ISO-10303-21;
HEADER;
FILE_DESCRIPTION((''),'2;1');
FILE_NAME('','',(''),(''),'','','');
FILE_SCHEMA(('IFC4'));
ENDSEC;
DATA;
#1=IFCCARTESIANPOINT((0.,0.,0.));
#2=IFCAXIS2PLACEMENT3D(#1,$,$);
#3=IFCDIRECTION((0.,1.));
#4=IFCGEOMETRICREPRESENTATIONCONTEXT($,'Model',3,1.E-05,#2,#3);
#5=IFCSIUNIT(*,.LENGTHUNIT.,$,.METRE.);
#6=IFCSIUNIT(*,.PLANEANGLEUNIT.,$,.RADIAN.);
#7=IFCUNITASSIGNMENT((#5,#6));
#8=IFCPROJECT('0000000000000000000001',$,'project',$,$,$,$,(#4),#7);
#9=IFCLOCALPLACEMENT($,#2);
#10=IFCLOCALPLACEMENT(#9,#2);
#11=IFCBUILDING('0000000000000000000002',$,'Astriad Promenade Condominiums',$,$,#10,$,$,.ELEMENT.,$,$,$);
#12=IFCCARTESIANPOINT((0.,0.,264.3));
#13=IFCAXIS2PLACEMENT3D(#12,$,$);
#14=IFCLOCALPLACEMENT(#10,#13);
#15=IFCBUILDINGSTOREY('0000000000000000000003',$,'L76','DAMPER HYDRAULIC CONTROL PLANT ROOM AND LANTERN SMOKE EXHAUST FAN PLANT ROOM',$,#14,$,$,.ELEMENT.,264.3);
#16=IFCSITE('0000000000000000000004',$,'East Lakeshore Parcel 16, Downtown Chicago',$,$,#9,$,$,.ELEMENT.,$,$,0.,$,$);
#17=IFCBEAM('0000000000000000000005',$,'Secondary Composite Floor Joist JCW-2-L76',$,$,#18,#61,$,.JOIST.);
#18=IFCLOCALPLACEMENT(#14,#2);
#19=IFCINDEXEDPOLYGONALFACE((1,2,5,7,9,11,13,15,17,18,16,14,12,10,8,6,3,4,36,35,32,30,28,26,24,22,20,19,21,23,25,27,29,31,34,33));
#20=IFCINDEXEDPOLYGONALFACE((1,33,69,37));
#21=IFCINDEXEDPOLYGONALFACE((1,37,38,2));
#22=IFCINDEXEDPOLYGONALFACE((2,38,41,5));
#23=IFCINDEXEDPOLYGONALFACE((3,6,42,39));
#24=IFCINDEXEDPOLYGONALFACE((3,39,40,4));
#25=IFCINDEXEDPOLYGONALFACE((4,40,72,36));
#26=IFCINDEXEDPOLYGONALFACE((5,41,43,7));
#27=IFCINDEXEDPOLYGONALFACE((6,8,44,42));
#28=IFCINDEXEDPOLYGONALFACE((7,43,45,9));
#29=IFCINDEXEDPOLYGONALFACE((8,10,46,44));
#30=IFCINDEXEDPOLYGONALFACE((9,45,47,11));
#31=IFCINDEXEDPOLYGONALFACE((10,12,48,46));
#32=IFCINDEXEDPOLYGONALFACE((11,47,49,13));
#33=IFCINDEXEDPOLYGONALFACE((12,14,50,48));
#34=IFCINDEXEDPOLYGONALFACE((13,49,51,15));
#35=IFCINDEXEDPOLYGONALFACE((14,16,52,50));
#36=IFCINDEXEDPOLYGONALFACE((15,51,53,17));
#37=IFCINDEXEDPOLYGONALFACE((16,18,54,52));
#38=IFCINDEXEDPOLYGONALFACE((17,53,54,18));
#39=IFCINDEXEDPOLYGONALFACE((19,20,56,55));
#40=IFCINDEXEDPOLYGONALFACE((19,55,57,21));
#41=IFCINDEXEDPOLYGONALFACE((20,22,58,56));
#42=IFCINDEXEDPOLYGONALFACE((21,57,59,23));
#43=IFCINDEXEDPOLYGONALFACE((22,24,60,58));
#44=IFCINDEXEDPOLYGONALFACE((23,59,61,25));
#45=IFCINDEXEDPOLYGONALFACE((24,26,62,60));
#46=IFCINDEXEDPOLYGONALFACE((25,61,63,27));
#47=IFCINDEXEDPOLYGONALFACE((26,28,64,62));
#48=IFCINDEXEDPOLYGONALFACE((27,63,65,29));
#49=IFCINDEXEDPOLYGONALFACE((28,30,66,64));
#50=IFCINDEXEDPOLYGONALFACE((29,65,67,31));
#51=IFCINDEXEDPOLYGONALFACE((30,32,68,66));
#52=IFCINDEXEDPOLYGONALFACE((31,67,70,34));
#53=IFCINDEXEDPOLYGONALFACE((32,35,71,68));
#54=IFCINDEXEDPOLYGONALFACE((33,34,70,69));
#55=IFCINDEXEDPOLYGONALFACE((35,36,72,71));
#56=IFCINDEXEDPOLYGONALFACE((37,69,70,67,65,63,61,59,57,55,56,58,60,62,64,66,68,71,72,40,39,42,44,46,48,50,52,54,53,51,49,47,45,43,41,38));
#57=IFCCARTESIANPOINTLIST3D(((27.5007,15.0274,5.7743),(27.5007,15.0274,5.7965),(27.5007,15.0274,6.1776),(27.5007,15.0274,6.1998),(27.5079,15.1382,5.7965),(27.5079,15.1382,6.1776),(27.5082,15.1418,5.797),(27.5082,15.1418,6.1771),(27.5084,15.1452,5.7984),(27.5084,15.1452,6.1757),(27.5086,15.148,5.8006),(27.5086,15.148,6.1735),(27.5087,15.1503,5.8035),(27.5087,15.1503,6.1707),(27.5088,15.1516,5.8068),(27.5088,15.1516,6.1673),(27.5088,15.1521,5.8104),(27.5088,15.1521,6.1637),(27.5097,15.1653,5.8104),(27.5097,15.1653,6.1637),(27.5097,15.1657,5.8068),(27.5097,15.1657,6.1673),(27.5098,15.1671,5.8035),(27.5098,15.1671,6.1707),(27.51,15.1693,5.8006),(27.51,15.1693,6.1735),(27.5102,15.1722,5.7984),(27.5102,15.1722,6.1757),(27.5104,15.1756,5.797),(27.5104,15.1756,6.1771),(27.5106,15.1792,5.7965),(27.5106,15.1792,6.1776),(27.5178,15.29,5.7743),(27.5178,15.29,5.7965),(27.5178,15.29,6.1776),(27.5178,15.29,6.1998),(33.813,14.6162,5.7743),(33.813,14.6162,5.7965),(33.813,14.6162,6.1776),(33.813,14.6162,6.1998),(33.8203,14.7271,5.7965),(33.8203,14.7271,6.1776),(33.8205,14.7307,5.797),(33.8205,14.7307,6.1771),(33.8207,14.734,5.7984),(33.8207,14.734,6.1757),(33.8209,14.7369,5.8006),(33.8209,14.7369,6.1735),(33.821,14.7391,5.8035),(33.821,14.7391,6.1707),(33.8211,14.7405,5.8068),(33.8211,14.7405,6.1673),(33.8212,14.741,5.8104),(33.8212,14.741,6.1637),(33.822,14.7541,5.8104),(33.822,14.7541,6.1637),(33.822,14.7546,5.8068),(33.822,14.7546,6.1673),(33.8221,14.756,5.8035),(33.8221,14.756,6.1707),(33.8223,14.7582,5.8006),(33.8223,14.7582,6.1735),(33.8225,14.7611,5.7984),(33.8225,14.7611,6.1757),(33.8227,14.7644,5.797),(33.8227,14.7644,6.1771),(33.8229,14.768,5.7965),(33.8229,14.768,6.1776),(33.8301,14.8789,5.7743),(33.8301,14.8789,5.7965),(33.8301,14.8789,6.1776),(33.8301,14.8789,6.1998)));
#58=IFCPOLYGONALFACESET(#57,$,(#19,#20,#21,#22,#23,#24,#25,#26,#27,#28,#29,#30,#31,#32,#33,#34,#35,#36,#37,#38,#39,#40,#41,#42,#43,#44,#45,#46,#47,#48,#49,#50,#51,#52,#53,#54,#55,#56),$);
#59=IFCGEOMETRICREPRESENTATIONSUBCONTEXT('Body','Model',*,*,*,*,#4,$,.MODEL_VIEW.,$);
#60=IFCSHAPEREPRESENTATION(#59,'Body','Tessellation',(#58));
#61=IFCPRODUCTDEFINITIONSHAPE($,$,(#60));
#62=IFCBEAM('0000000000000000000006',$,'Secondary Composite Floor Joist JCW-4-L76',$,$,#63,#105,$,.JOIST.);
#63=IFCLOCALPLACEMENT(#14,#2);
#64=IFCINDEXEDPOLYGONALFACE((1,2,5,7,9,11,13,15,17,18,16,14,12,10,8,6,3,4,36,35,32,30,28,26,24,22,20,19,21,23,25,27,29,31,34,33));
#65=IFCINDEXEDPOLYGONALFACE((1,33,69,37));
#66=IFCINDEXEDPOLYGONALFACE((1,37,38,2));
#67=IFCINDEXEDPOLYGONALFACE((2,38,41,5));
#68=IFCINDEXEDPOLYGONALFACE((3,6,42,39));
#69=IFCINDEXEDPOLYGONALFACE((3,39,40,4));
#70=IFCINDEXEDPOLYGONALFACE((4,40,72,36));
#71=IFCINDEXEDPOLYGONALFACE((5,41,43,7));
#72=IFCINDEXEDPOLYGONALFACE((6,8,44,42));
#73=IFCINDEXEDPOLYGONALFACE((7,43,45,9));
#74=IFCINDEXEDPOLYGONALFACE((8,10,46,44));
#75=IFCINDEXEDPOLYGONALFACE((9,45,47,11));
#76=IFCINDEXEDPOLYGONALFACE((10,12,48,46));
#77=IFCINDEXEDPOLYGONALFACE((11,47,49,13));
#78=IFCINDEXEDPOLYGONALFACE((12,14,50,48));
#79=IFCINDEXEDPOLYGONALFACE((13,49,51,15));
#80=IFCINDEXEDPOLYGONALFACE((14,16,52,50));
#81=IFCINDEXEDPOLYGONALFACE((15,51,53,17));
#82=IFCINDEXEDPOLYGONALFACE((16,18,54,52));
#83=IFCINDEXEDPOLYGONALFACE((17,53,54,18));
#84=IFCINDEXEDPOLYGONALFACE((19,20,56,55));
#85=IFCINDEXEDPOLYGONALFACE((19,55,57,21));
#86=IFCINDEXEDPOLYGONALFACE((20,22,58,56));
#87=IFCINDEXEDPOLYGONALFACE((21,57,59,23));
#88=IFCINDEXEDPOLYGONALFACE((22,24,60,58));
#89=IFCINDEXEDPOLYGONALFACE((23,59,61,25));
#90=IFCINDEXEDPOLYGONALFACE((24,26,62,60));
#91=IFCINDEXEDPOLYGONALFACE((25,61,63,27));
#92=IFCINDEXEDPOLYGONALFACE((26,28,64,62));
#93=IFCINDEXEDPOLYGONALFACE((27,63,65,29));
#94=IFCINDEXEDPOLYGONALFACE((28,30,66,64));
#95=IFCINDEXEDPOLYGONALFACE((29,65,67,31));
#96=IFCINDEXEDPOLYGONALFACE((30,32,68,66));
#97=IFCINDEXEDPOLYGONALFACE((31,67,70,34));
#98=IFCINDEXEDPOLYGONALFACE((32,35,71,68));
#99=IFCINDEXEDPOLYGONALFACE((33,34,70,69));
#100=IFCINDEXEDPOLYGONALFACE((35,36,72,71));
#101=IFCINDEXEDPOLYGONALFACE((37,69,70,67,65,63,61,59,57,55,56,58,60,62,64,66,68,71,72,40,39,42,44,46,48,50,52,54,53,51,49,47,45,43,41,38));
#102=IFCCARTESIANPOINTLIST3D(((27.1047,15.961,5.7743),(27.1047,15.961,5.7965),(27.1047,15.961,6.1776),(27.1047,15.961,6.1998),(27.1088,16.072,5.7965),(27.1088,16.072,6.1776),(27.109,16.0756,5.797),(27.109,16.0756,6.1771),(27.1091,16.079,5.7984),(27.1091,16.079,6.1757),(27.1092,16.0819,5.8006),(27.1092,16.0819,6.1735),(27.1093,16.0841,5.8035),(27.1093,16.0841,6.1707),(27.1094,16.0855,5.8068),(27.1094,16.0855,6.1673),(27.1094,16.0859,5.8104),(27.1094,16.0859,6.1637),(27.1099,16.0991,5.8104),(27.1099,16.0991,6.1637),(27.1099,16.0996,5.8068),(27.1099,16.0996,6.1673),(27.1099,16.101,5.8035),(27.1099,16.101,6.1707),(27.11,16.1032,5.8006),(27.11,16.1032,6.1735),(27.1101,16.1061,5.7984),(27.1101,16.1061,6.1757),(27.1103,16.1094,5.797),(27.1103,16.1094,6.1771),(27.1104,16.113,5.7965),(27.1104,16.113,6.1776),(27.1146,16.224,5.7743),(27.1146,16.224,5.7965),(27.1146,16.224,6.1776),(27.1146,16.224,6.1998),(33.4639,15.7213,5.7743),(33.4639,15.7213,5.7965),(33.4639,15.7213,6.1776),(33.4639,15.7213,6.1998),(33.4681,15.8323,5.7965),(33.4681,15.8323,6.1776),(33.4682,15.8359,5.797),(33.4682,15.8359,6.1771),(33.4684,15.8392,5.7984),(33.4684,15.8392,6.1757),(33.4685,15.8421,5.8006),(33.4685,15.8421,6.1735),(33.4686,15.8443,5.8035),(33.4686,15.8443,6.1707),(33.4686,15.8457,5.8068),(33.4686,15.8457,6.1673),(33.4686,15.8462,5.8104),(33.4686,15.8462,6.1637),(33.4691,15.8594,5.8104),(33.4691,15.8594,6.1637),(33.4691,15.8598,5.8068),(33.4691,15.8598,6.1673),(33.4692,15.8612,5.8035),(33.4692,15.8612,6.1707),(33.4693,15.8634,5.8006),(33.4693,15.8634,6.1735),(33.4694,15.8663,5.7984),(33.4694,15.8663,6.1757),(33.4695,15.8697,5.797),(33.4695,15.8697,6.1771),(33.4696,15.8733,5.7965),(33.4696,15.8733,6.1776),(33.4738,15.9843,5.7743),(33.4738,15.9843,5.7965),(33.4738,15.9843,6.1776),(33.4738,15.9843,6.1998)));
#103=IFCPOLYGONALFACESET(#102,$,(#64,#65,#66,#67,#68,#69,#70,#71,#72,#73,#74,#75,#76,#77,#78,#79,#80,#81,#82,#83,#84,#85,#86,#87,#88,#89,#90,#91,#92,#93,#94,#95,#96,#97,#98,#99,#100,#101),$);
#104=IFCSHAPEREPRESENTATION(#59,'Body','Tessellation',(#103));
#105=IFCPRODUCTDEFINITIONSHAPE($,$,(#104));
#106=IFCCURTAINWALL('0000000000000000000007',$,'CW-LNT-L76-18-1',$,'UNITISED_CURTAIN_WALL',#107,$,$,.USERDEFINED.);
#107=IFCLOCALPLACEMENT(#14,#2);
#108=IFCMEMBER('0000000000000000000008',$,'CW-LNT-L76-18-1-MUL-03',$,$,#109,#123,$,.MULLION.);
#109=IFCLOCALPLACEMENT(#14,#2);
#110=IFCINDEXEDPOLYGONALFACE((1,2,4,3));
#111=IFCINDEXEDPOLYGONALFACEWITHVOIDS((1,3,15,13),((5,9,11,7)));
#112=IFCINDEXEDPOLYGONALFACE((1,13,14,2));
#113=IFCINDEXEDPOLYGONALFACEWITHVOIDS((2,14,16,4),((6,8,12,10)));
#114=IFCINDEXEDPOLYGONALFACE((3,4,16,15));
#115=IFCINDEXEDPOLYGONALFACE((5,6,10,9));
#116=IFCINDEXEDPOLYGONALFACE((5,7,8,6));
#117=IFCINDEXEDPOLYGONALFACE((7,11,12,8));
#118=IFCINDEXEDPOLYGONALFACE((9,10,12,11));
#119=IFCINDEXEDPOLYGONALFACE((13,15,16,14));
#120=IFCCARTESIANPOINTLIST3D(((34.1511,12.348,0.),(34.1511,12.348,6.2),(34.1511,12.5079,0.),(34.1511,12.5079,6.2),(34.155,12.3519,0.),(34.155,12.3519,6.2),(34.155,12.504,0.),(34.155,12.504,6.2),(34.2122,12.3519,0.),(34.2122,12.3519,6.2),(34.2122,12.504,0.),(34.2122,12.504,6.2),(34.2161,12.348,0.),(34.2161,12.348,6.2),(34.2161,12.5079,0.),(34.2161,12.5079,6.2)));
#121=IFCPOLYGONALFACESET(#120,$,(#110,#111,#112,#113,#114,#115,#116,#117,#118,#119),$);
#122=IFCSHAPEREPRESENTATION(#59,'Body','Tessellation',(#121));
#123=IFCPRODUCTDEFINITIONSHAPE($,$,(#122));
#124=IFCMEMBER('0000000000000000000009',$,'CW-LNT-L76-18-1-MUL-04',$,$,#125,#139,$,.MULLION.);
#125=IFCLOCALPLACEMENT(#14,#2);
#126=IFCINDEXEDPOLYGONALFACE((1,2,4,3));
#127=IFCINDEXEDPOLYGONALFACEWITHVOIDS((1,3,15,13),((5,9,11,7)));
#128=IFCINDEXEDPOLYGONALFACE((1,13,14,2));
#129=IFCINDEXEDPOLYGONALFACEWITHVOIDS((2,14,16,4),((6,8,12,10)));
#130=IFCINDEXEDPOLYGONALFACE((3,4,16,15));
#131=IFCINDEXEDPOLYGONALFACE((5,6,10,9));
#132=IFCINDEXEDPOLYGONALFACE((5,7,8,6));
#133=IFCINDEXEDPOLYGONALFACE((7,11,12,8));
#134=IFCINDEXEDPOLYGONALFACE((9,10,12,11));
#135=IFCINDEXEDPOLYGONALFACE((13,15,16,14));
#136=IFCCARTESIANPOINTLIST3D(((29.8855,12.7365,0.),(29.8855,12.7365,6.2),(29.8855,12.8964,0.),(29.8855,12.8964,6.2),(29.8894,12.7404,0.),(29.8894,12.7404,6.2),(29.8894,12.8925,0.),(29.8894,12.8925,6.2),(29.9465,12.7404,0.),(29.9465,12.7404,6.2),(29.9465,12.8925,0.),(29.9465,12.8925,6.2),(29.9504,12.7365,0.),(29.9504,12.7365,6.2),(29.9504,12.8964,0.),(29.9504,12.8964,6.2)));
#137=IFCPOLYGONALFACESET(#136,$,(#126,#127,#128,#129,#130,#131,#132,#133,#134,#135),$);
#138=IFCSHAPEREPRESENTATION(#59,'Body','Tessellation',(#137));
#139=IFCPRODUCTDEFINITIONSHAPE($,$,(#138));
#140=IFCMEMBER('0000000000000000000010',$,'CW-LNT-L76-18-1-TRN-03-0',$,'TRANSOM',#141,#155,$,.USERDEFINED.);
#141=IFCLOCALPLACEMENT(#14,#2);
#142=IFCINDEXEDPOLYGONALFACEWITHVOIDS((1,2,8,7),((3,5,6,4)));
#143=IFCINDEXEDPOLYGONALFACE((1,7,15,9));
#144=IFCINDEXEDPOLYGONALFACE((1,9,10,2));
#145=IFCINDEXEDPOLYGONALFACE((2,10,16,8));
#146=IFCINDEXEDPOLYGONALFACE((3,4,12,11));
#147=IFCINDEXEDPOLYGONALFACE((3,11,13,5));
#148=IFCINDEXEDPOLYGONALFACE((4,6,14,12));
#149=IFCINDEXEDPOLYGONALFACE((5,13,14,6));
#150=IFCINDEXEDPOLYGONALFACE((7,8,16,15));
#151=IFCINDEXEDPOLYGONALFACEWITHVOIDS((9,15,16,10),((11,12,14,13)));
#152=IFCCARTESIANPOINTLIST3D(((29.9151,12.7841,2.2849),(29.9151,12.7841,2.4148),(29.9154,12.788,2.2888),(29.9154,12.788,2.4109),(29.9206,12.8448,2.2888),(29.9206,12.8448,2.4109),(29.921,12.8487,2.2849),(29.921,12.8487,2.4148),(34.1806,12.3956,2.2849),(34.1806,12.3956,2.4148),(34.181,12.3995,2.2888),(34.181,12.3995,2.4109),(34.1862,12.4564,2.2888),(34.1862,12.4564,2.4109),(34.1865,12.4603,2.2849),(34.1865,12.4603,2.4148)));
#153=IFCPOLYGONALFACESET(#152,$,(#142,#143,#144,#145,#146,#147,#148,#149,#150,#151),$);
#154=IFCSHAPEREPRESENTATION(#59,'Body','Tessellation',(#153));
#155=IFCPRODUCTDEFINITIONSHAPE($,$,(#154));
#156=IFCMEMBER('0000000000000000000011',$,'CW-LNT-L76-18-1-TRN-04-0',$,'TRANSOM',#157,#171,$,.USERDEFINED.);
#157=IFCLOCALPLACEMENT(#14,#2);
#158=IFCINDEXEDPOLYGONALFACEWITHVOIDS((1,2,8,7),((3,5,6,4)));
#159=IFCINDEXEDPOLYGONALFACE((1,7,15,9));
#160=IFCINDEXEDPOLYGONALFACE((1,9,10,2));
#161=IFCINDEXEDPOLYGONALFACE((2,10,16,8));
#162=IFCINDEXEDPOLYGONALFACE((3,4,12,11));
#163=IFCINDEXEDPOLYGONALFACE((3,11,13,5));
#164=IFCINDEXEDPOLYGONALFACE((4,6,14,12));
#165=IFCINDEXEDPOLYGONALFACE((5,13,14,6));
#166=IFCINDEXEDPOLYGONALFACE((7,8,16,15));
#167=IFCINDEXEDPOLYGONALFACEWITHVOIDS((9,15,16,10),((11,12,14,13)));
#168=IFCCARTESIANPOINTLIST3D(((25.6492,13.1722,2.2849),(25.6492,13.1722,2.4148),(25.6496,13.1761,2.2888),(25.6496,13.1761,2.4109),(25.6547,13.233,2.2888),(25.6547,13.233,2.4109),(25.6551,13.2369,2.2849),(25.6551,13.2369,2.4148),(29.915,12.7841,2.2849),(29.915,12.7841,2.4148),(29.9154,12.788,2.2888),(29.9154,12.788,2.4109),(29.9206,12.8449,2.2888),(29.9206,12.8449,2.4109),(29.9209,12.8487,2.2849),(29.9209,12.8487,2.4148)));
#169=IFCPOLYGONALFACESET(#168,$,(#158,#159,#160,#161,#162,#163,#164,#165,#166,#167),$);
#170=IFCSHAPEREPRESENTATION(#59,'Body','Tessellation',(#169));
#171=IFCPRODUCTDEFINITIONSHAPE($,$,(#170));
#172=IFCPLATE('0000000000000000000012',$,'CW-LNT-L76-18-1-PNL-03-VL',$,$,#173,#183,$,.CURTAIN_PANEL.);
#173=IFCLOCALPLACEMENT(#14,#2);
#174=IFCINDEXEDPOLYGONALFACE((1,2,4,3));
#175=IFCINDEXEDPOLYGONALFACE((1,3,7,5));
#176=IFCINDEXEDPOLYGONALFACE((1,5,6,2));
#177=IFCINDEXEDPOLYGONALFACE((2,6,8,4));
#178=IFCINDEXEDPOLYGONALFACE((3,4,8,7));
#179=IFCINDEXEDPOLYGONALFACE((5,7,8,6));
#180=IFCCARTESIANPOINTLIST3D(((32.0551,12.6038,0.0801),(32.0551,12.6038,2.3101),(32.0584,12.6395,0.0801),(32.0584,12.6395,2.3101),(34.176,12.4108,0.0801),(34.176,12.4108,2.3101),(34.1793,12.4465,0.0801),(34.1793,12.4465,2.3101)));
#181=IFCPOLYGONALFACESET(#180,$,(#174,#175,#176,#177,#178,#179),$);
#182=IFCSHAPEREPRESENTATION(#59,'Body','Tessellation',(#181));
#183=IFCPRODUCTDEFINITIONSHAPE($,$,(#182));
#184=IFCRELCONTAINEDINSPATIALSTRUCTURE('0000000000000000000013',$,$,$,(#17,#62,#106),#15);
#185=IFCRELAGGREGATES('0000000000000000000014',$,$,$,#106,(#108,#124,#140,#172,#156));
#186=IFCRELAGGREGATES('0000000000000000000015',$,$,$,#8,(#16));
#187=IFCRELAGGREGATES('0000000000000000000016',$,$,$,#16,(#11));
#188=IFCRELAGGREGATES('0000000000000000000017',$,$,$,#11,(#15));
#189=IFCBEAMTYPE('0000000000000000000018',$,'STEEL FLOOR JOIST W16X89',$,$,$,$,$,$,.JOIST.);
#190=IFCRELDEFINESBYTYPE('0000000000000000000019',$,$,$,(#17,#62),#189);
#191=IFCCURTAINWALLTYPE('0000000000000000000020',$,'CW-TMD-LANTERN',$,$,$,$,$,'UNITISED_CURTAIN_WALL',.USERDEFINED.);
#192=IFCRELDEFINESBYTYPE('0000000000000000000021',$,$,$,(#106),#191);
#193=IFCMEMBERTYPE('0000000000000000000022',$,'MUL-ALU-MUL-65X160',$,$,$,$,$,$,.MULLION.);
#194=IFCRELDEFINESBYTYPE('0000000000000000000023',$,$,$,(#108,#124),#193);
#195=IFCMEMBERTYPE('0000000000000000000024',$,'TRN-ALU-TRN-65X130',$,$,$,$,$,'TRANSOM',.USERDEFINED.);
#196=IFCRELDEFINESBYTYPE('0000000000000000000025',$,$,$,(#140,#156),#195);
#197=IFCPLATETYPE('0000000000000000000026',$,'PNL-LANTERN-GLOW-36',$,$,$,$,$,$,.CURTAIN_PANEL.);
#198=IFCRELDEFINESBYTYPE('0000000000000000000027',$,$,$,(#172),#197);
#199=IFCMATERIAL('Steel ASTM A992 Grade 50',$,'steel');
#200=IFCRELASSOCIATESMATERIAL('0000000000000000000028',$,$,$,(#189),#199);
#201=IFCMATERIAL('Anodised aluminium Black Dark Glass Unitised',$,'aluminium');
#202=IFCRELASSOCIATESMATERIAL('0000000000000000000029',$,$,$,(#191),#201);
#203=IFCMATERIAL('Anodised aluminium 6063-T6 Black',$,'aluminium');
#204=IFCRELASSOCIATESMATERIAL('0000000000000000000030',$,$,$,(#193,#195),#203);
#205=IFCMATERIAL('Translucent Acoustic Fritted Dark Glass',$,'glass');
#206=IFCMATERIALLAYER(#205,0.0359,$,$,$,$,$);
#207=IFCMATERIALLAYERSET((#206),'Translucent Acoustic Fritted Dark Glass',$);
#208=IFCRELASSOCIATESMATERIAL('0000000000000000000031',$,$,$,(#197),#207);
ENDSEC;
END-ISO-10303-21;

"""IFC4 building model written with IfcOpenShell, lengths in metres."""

from ifc_helpers import new_model, si_unit, direction, frame, origin, origin_2d, place, context, subcontext, project, spatial, rectangle, hollow_rectangle, i_section, extrude, source, transform, mapped, material, layer, layer_set, material_profile, profile_set, type_object, type_shapes, element, aggregate, save


model = new_model("IFC4")

# Units and contexts
model_context = context("Model", 3, precision=1e-05, world=origin(), true_north=direction((0.0, 1.0)))
body_context = subcontext(model_context, "Body", "Model", "MODEL_VIEW")
ifc_project = project(units=[si_unit("LENGTHUNIT", "METRE"), si_unit("PLANEANGLEUNIT", "RADIAN")], contexts=[model_context])

# Site, building, storey
site_placement = place(None, origin())
site = spatial("IfcSite", under=ifc_project, at=site_placement, Name="East Lakeshore Parcel 16, Downtown Chicago", CompositionType="ELEMENT", RefElevation=0.0)
building_placement = place(site_placement, origin())
building = spatial("IfcBuilding", under=site, at=building_placement, Name="Astriad Promenade Condominiums", CompositionType="ELEMENT")
storey_placement = place(building_placement, frame((0.0, 0.0, 264.3)))
storey = spatial("IfcBuildingStorey", under=building, at=storey_placement, Name="L76", Description="DAMPER HYDRAULIC CONTROL PLANT ROOM AND LANTERN SMOKE EXHAUST FAN PLANT ROOM", CompositionType="ELEMENT", Elevation=264.3)

# Shared definitions
ifc_material_1 = material(Name="Steel ASTM A992 Grade 50", Category="steel")

# Beams
ifc_material_profile_1 = material_profile(ifc_material_1, i_section(OverallWidth=0.2632, OverallDepth=0.4255, WebThickness=0.0132, FlangeThickness=0.0222, FilletRadius=0.0139, at=origin_2d()), Name="W16X89")
ifc_profile_set_1 = profile_set([ifc_material_profile_1], Name="Steel ASTM A992 Grade 50")
beam_type_1 = type_object("IfcBeamType", Name="STEEL FLOOR JOIST W16X89", PredefinedType="JOIST", material=ifc_profile_set_1)
shared_shape_1 = source(origin(), body_context, "Body", "SweptSolid", [
    extrude(i_section(OverallWidth=0.2632, OverallDepth=0.4255, WebThickness=0.0132, FlangeThickness=0.0222, FilletRadius=0.0139, at=origin_2d()), origin(), (0.0, 0.0, 1.0), 6.3257),
])
beam_1_placement = place(storey_placement, frame((27.5093, 15.1587, 5.9871), z_axis=(0.997886, -0.064995, 0.0), x_axis=(0.064995, 0.997886, 0.0)))
element("IfcBeam", 1, at=beam_1_placement, inside=storey, type_object=beam_type_1, Name="Secondary Composite Floor Joist JCW-2-L76", PredefinedType="JOIST", context=body_context, shape_type="MappedRepresentation", body=[
    mapped(shared_shape_1, transform((0.0, 0.0, 0.0), scale=1.0)),
])
shared_shape_2 = source(origin(), body_context, "Body", "SweptSolid", [
    extrude(i_section(OverallWidth=0.2632, OverallDepth=0.4255, WebThickness=0.0132, FlangeThickness=0.0222, FilletRadius=0.0139, at=origin_2d()), origin(), (0.0, 0.0, 1.0), 6.3638),
])
type_shapes(beam_type_1, [shared_shape_1, shared_shape_2])
beam_2_placement = place(storey_placement, frame((27.1096, 16.0925, 5.9871), z_axis=(0.99929, -0.037674, 0.0), x_axis=(0.037674, 0.99929, 0.0)))
element("IfcBeam", 2, at=beam_2_placement, inside=storey, type_object=beam_type_1, Name="Secondary Composite Floor Joist JCW-4-L76", PredefinedType="JOIST", context=body_context, shape_type="MappedRepresentation", body=[
    mapped(shared_shape_2, transform((0.0, 0.0, 0.0), scale=1.0)),
])

# Curtain wall, members, plate
ifc_material_2 = material(Name="Anodised aluminium Black Dark Glass Unitised", Category="aluminium")
curtain_wall_type = type_object("IfcCurtainWallType", Name="CW-TMD-LANTERN", ElementType="UNITISED_CURTAIN_WALL", PredefinedType="USERDEFINED", material=ifc_material_2)
curtain_wall_placement = place(storey_placement, origin())
curtain_wall = element("IfcCurtainWall", 3, at=curtain_wall_placement, inside=storey, type_object=curtain_wall_type, Name="CW-LNT-L76-18-1", ObjectType="UNITISED_CURTAIN_WALL", PredefinedType="USERDEFINED")
ifc_material_3 = material(Name="Anodised aluminium 6063-T6 Black", Category="aluminium")
ifc_material_profile_2 = material_profile(ifc_material_3, hollow_rectangle(XDim=0.0649, YDim=0.1599, WallThickness=0.0039, at=origin_2d()), Name="ALU-MUL-65X160")
ifc_profile_set_2 = profile_set([ifc_material_profile_2], Name="Anodised aluminium 6063-T6 Black")
member_type_1 = type_object("IfcMemberType", Name="MUL-ALU-MUL-65X160", PredefinedType="MULLION", material=ifc_profile_set_2)
shared_shape_3 = source(origin(), body_context, "Body", "SweptSolid", [
    extrude(hollow_rectangle(XDim=0.0649, YDim=0.1599, WallThickness=0.0039, at=origin_2d()), origin(), (0.0, 0.0, 1.0), 6.2),
])
type_shapes(member_type_1, [shared_shape_3])
member_1_placement = place(storey_placement, frame((34.1836, 12.428, 0.0), z_axis=(0.0, 0.0, 1.0), x_axis=(1.0, 0.0, 0.0)))
member_1 = element("IfcMember", 4, at=member_1_placement, type_object=member_type_1, Name="CW-LNT-L76-18-1-MUL-03", PredefinedType="MULLION", context=body_context, shape_type="MappedRepresentation", body=[
    mapped(shared_shape_3, transform((0.0, 0.0, 0.0), scale=1.0)),
])
member_2_placement = place(storey_placement, frame((29.918, 12.8164, 0.0), z_axis=(0.0, 0.0, 1.0), x_axis=(1.0, 0.0, 0.0)))
member_2 = element("IfcMember", 5, at=member_2_placement, type_object=member_type_1, Name="CW-LNT-L76-18-1-MUL-04", PredefinedType="MULLION", context=body_context, shape_type="MappedRepresentation", body=[
    mapped(shared_shape_3, transform((0.0, 0.0, 0.0), scale=1.0)),
])
ifc_material_profile_3 = material_profile(ifc_material_3, hollow_rectangle(XDim=0.0649, YDim=0.1299, WallThickness=0.0039, at=origin_2d()), Name="ALU-TRN-65X130")
ifc_profile_set_3 = profile_set([ifc_material_profile_3], Name="Anodised aluminium 6063-T6 Black")
member_type_2 = type_object("IfcMemberType", Name="TRN-ALU-TRN-65X130", ElementType="TRANSOM", PredefinedType="USERDEFINED", material=ifc_profile_set_3)
shared_shape_4 = source(origin(), body_context, "Body", "SweptSolid", [
    extrude(hollow_rectangle(XDim=0.0649, YDim=0.1299, WallThickness=0.0039, at=origin_2d()), origin(), (0.0, 0.0, 1.0), 4.2832),
])
member_3_placement = place(storey_placement, frame((34.1836, 12.428, 2.3499), z_axis=(-0.99588, 0.090685, 0.0), x_axis=(-0.090685, -0.99588, 0.0)))
member_3 = element("IfcMember", 6, at=member_3_placement, type_object=member_type_2, Name="CW-LNT-L76-18-1-TRN-03-0", ObjectType="TRANSOM", PredefinedType="USERDEFINED", context=body_context, shape_type="MappedRepresentation", body=[
    mapped(shared_shape_4, transform((0.0, 0.0, 0.0), scale=1.0)),
])
shared_shape_5 = source(origin(), body_context, "Body", "SweptSolid", [
    extrude(hollow_rectangle(XDim=0.0649, YDim=0.1299, WallThickness=0.0039, at=origin_2d()), origin(), (0.0, 0.0, 1.0), 4.2834),
])
type_shapes(member_type_2, [shared_shape_4, shared_shape_5])
member_4_placement = place(storey_placement, frame((29.918, 12.8164, 2.3499), z_axis=(-0.995885, 0.090623, 0.0), x_axis=(-0.090623, -0.995885, 0.0)))
member_4 = element("IfcMember", 7, at=member_4_placement, type_object=member_type_2, Name="CW-LNT-L76-18-1-TRN-04-0", ObjectType="TRANSOM", PredefinedType="USERDEFINED", context=body_context, shape_type="MappedRepresentation", body=[
    mapped(shared_shape_5, transform((0.0, 0.0, 0.0), scale=1.0)),
])
ifc_material_4 = material(Name="Translucent Acoustic Fritted Dark Glass", Category="glass")
ifc_layer_1 = layer(ifc_material_4, 0.0359)
ifc_layer_set_1 = layer_set([ifc_layer_1], Name="Translucent Acoustic Fritted Dark Glass")
plate_type = type_object("IfcPlateType", Name="PNL-LANTERN-GLOW-36", PredefinedType="CURTAIN_PANEL", material=ifc_layer_set_1)
shared_shape_6 = source(origin(), body_context, "Body", "SweptSolid", [
    extrude(rectangle(XDim=2.1296, YDim=0.0359, at=origin_2d()), origin(), (0.0, 0.0, 1.0), 2.23),
])
plate_1_placement = place(storey_placement, frame((33.1172, 12.5251, 0.0801), z_axis=(0.0, 0.0, 1.0), x_axis=(-0.995884, 0.090633, 0.0)))
plate_1 = element("IfcPlate", 8, at=plate_1_placement, type_object=plate_type, Name="CW-LNT-L76-18-1-PNL-03-VL", PredefinedType="CURTAIN_PANEL", context=body_context, shape_type="MappedRepresentation", body=[
    mapped(shared_shape_6, transform((0.0, 0.0, 0.0), scale=1.0)),
])
aggregate(curtain_wall, [member_1, member_2, member_3, plate_1, member_4])

save(model, "model.ifc")
